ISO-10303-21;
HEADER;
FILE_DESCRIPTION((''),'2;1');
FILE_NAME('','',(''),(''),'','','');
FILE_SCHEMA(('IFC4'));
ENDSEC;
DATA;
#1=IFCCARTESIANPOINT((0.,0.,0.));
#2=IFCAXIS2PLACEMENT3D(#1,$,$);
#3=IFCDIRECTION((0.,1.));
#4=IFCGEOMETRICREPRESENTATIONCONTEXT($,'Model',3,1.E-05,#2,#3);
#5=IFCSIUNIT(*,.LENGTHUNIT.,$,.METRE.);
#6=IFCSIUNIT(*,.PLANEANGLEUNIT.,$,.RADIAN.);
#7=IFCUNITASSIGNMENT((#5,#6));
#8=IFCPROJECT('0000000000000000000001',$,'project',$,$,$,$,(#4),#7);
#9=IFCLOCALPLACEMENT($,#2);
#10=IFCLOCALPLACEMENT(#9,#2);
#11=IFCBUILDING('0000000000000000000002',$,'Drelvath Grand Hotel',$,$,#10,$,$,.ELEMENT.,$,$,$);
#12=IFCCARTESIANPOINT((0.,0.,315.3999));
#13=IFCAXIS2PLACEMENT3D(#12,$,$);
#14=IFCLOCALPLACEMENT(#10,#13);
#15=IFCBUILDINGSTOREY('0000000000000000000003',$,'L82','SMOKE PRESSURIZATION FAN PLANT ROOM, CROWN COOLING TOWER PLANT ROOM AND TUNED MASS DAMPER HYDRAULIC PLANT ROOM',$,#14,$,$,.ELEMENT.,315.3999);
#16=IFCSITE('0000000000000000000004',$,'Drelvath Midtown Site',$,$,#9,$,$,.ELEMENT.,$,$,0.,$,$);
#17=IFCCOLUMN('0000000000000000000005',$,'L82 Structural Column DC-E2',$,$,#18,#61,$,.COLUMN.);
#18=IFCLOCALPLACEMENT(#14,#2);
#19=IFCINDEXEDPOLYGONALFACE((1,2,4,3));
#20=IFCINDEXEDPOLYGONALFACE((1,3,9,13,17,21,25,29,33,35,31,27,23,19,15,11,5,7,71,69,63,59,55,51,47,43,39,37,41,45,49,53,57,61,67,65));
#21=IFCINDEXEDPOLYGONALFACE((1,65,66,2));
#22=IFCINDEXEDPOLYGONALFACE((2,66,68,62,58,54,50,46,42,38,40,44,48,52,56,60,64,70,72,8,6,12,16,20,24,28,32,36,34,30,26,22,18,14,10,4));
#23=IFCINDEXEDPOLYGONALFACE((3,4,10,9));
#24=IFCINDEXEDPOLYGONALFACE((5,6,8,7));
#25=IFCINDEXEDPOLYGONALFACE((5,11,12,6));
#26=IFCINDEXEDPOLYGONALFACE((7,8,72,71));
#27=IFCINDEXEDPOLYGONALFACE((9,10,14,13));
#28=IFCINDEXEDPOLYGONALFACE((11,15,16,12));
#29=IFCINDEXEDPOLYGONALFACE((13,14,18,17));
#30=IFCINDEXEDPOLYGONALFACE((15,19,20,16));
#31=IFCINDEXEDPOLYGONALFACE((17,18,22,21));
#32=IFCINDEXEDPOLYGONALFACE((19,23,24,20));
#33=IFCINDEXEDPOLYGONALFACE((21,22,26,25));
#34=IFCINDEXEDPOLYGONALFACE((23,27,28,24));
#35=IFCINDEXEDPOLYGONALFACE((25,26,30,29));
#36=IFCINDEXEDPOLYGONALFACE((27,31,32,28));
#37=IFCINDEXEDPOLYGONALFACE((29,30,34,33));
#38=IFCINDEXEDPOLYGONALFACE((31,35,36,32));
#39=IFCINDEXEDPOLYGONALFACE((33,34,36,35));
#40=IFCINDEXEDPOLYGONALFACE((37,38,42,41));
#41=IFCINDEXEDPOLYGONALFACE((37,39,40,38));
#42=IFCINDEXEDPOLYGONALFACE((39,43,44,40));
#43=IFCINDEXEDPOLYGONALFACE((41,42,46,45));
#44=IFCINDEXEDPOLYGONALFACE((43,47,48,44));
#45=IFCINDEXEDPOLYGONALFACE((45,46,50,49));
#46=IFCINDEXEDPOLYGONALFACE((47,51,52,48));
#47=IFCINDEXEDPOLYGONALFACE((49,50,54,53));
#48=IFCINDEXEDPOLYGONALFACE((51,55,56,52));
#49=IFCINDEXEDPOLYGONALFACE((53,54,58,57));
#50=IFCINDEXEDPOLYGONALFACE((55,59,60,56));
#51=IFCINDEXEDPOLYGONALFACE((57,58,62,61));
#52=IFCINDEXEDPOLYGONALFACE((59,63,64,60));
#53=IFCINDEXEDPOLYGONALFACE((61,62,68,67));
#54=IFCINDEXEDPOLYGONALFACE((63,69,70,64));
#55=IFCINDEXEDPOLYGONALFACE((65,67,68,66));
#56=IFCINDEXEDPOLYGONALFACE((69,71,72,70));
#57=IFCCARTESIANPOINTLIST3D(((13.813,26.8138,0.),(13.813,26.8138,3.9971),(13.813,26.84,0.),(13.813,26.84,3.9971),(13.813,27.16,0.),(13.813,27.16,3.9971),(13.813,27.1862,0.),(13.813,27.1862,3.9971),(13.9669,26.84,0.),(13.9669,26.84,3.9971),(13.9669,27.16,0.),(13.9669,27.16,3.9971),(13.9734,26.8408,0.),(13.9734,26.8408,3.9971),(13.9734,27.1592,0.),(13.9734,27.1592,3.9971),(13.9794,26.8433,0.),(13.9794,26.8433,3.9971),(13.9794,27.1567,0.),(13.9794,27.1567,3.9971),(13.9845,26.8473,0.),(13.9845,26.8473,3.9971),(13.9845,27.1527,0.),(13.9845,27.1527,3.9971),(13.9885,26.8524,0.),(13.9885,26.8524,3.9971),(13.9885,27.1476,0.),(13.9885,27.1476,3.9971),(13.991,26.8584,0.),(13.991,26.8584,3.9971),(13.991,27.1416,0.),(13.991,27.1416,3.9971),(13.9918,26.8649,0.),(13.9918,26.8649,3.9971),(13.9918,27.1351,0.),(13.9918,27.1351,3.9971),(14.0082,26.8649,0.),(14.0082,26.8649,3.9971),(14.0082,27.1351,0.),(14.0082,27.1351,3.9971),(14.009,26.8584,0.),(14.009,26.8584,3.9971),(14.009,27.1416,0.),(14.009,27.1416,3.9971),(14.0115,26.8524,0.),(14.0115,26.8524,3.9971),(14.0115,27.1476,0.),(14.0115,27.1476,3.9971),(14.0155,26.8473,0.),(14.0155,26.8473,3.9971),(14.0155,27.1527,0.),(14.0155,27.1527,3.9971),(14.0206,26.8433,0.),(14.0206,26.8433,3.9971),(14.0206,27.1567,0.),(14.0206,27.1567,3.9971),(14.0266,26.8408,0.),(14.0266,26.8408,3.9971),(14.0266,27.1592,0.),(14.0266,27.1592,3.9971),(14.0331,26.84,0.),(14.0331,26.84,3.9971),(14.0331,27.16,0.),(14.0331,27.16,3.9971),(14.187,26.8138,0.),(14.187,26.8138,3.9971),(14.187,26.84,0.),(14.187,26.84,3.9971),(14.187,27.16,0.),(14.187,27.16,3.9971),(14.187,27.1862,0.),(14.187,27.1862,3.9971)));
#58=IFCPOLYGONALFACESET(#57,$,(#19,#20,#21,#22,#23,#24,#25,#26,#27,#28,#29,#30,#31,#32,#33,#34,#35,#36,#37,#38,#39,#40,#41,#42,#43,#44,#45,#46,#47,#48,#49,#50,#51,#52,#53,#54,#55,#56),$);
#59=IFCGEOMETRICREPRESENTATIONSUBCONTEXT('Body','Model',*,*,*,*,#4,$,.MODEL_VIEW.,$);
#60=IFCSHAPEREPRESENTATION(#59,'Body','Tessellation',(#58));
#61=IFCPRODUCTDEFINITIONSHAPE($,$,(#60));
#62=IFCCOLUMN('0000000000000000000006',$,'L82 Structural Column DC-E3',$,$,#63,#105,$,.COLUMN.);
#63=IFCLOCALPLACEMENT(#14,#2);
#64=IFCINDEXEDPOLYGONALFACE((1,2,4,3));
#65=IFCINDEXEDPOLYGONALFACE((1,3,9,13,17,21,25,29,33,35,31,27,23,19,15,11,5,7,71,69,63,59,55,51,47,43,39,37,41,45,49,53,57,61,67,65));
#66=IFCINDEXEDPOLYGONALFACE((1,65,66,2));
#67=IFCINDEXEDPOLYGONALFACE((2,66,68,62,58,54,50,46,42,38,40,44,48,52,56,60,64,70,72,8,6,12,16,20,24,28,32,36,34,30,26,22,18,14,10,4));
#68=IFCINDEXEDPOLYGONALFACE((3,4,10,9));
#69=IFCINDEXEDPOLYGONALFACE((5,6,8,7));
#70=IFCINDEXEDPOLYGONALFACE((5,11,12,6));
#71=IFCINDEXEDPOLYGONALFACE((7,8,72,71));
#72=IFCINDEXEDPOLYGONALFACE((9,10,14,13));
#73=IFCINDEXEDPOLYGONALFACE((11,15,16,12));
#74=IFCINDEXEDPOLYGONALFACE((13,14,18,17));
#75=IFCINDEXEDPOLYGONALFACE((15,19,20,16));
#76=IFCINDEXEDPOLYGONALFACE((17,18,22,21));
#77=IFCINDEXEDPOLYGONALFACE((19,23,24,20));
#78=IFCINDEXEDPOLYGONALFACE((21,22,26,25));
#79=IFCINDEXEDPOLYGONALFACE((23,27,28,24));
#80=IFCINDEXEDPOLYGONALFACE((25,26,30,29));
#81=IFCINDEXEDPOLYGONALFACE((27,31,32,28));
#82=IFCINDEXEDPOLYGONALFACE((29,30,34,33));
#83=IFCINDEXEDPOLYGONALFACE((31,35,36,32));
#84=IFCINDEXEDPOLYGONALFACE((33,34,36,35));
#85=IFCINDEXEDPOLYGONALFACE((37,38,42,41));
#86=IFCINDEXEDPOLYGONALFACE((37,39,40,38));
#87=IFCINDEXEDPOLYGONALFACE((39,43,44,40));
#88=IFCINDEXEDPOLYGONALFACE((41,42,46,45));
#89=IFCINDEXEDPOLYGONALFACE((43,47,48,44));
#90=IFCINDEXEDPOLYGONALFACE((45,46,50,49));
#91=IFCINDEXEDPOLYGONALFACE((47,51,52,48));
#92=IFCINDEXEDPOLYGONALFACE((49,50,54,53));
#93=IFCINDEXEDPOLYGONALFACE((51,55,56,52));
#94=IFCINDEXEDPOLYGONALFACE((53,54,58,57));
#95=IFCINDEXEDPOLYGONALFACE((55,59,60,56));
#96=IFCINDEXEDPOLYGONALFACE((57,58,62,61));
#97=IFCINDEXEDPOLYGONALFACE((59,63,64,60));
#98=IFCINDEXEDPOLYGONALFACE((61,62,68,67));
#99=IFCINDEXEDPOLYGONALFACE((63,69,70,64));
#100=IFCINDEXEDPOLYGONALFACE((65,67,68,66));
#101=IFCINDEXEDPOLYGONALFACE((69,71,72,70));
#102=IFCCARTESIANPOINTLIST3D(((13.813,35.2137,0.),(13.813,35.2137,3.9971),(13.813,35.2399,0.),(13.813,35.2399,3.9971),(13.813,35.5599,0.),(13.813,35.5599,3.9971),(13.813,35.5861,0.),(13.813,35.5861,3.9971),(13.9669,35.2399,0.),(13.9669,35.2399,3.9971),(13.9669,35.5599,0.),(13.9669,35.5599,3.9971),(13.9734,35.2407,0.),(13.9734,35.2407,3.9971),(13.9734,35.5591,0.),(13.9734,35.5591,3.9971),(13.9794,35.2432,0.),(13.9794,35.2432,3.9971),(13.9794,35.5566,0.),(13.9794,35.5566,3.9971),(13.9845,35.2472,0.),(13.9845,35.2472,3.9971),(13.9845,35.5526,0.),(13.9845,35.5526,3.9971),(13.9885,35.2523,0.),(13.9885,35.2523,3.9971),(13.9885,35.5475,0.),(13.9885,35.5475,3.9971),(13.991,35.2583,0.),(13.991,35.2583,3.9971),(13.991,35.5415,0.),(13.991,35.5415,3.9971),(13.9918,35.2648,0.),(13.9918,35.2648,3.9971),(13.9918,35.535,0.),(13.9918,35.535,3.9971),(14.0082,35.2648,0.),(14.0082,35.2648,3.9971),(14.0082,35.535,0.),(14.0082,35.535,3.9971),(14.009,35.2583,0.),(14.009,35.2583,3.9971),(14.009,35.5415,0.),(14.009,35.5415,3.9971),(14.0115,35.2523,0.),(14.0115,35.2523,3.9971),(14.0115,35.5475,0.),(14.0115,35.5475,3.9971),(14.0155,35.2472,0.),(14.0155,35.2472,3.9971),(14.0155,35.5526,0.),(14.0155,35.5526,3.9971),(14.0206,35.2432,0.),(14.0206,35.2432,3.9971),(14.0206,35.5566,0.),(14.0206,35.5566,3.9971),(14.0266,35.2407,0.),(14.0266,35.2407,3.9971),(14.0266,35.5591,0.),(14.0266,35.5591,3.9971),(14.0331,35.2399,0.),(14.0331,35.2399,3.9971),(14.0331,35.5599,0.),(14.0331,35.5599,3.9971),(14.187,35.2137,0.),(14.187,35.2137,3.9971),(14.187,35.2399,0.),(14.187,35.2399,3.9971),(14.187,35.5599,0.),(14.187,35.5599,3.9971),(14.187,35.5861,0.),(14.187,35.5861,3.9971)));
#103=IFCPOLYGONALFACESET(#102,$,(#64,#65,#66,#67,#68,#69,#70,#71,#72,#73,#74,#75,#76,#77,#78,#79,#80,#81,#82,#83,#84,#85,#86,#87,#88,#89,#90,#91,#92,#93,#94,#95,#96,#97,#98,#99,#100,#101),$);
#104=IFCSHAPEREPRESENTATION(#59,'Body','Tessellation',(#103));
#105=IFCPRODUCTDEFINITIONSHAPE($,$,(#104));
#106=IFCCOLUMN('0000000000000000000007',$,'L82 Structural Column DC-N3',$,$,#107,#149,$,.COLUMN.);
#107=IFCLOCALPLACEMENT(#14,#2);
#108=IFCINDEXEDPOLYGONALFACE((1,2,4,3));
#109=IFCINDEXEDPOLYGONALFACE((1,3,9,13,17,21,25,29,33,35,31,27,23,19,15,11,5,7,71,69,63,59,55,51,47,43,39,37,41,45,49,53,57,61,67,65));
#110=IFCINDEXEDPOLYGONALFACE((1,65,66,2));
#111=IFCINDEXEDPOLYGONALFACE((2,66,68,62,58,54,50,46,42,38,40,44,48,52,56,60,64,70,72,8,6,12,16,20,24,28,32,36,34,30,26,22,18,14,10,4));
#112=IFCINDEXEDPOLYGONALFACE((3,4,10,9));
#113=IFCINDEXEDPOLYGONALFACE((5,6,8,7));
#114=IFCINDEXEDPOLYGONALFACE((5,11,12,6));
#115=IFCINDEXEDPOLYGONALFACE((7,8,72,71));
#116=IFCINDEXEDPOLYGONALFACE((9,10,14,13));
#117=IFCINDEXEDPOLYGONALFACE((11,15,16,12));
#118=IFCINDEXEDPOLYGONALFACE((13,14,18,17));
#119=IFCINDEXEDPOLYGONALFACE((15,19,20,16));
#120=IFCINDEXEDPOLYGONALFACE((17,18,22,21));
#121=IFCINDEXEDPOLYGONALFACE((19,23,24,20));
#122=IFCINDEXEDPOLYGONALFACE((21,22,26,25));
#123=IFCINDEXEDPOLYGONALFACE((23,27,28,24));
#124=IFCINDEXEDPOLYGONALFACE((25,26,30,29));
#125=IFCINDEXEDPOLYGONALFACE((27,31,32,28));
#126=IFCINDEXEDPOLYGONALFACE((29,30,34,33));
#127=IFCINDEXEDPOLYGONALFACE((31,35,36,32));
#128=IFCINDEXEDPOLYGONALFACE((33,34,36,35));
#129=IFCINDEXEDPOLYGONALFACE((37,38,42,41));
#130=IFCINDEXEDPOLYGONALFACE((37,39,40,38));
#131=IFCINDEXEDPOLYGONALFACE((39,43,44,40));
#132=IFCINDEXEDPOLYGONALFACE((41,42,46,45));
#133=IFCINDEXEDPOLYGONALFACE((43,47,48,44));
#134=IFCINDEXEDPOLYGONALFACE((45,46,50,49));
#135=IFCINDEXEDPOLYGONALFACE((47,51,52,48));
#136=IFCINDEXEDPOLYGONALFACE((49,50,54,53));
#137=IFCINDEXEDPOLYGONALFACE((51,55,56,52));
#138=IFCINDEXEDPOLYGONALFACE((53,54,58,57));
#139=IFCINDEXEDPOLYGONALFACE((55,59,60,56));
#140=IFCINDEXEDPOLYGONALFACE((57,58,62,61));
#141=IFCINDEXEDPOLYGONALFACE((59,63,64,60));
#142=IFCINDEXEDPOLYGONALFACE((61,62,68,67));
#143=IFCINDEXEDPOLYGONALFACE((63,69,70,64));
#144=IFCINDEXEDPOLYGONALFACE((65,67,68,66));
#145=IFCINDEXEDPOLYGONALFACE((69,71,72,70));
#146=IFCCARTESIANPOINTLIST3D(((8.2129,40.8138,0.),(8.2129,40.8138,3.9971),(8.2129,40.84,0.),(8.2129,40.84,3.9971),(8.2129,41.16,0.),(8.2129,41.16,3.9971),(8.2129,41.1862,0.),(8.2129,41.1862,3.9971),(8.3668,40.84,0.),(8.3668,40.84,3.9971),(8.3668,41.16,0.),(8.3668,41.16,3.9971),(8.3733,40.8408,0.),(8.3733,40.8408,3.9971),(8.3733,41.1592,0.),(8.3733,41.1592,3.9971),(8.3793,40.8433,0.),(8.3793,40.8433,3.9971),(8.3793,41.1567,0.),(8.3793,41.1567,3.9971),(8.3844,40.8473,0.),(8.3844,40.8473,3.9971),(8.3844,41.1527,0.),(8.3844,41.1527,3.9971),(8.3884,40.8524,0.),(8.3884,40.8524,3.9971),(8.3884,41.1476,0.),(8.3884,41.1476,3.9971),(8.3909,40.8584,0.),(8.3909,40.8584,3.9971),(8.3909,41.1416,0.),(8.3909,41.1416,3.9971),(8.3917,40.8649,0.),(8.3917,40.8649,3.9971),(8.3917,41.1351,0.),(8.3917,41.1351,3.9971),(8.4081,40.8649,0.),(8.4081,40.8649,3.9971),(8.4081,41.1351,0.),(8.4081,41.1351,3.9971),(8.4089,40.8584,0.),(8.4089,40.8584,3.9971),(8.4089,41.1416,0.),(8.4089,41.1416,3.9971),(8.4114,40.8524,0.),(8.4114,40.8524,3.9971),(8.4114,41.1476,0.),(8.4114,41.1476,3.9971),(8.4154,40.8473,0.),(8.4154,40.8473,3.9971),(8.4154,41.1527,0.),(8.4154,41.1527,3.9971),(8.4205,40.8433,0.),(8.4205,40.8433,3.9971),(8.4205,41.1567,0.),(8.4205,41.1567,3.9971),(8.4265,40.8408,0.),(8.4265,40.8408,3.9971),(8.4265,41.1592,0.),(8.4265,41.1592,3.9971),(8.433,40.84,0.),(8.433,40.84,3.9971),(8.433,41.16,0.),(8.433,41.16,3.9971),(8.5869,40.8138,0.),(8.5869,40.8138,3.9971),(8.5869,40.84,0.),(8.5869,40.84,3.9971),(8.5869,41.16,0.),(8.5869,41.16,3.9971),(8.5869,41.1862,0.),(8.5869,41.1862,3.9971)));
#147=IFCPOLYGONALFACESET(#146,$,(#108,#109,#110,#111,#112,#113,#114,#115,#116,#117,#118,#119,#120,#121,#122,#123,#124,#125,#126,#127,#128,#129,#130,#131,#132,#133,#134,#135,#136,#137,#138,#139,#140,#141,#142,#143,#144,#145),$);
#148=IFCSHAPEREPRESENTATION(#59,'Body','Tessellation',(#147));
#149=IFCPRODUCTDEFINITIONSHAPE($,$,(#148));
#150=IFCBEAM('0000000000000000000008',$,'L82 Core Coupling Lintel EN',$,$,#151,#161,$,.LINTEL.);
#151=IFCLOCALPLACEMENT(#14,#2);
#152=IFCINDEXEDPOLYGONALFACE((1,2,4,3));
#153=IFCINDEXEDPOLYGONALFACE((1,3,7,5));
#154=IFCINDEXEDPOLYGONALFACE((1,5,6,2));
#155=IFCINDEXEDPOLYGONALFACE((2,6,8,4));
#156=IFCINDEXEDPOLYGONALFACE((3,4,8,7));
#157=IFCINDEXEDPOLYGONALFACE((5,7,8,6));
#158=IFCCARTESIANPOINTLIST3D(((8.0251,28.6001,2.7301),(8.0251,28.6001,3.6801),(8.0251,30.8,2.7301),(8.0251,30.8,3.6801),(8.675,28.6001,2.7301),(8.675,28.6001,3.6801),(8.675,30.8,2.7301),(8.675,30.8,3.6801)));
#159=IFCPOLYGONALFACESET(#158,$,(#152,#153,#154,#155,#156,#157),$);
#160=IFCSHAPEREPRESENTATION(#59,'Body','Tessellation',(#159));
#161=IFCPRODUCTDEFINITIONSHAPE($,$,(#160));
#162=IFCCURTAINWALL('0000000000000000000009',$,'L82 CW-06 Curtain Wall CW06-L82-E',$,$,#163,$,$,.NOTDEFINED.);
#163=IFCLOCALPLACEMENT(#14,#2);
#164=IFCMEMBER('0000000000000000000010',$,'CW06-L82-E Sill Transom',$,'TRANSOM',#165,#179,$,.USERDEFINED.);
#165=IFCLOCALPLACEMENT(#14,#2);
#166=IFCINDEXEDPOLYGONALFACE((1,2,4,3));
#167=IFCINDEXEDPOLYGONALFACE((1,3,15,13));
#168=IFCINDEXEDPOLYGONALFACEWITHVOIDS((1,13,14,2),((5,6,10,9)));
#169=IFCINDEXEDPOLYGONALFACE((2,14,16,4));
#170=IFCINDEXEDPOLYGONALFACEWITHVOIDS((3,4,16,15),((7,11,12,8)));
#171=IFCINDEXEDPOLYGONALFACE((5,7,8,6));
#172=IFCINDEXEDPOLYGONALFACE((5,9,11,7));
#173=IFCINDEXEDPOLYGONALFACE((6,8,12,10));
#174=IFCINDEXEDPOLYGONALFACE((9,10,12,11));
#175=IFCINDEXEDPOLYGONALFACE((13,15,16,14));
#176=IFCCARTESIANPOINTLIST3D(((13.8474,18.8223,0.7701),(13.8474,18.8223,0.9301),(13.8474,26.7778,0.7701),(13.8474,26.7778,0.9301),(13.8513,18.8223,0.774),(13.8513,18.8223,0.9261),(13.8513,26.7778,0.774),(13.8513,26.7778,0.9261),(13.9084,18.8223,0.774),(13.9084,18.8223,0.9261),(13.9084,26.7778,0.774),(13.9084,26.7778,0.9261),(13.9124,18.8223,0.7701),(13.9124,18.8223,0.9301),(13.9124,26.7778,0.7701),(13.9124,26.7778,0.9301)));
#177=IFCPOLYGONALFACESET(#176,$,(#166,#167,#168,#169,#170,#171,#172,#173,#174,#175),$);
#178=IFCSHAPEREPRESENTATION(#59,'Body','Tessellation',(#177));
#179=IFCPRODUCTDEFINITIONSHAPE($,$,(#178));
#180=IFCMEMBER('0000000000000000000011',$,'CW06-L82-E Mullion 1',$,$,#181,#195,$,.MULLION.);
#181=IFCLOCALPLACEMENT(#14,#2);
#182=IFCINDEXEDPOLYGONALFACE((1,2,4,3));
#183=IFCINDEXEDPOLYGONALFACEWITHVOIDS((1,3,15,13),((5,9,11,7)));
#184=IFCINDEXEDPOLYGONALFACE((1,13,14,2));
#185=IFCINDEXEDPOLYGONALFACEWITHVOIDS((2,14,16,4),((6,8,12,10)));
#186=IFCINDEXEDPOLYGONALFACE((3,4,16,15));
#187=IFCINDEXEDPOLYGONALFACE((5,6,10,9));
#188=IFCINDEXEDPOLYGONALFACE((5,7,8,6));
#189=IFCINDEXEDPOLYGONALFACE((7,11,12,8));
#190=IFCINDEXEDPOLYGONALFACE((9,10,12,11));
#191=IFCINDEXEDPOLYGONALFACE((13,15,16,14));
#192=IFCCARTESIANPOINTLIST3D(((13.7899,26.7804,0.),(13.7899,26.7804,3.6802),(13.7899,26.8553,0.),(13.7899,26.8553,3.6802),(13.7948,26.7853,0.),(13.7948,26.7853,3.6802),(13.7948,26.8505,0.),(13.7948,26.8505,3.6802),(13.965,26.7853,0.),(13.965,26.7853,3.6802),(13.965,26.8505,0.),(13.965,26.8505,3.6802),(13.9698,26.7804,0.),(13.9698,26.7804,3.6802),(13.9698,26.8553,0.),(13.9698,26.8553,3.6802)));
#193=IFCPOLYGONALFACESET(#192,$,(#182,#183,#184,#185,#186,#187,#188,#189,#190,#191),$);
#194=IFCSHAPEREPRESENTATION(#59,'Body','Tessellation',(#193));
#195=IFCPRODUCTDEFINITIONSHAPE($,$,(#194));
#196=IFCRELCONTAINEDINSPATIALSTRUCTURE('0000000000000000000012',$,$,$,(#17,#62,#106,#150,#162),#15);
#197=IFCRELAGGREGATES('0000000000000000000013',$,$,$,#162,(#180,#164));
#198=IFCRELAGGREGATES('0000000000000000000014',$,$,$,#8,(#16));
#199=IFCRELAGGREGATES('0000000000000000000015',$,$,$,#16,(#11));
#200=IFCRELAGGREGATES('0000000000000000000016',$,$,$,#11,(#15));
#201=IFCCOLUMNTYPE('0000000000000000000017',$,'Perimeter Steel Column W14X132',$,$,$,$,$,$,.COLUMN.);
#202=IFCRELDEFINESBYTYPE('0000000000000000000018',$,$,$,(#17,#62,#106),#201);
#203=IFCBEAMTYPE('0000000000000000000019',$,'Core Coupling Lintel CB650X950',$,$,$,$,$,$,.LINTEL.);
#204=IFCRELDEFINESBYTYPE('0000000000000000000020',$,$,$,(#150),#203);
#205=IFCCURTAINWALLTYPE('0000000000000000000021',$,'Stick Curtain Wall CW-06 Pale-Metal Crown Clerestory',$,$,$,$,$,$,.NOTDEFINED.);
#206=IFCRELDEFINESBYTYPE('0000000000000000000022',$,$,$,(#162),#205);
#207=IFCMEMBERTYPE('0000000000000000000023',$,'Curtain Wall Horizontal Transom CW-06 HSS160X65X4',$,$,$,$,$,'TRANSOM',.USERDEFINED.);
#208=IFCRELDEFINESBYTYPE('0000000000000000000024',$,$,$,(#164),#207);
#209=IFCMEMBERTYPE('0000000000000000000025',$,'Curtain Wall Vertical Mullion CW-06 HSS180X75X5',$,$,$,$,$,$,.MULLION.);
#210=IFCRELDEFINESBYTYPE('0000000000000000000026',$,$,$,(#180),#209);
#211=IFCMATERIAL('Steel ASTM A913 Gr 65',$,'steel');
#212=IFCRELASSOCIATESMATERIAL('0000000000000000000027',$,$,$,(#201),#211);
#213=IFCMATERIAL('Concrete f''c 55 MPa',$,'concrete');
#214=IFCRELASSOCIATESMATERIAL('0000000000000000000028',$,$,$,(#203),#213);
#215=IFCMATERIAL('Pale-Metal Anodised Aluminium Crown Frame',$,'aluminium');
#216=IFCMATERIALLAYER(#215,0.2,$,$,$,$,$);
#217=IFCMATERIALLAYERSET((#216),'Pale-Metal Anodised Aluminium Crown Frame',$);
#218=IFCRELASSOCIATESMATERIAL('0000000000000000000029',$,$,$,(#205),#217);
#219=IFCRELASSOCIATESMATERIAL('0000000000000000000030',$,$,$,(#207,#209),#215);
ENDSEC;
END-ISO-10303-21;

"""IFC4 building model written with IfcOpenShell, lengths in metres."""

from ifc_helpers import new_model, si_unit, direction, frame, origin, origin_2d, place, context, subcontext, project, spatial, rectangle, hollow_rectangle, i_section, extrude, material, layer, layer_set, material_profile, profile_set, type_object, element, aggregate, save


model = new_model("IFC4")

# Units and contexts
model_context = context("Model", 3, precision=1e-05, world=origin(), true_north=direction((0.0, 1.0)))
body_context = subcontext(model_context, "Body", "Model", "MODEL_VIEW")
ifc_project = project(units=[si_unit("LENGTHUNIT", "METRE"), si_unit("PLANEANGLEUNIT", "RADIAN")], contexts=[model_context])

# Site, building, storey
site_placement = place(None, origin())
site = spatial("IfcSite", under=ifc_project, at=site_placement, Name="Drelvath Midtown Site", CompositionType="ELEMENT", RefElevation=0.0)
building_placement = place(site_placement, origin())
building = spatial("IfcBuilding", under=site, at=building_placement, Name="Drelvath Grand Hotel", CompositionType="ELEMENT")
storey_placement = place(building_placement, frame((0.0, 0.0, 315.3999)))
storey = spatial("IfcBuildingStorey", under=building, at=storey_placement, Name="L82", Description="SMOKE PRESSURIZATION FAN PLANT ROOM, CROWN COOLING TOWER PLANT ROOM AND TUNED MASS DAMPER HYDRAULIC PLANT ROOM", CompositionType="ELEMENT", Elevation=315.3999)

# Columns
ifc_material_1 = material(Name="Steel ASTM A913 Gr 65", Category="steel")
ifc_material_profile_1 = material_profile(ifc_material_1, i_section(OverallWidth=0.374, OverallDepth=0.3723, WebThickness=0.0164, FlangeThickness=0.0261, FilletRadius=0.0249, at=origin_2d()), Name="W14X132")
ifc_profile_set_1 = profile_set([ifc_material_profile_1], Name="Steel ASTM A913 Gr 65")
column_type = type_object("IfcColumnType", Name="Perimeter Steel Column W14X132", PredefinedType="COLUMN", material=ifc_profile_set_1)
for number, where, z_axis, x_axis, name in (
    (1, (14.0, 27.0, 0.0), (0.0, 0.0, 1.0), (1.0, 0.0, 0.0), "L82 Structural Column DC-E2"),
    (2, (14.0, 35.3999, 0.0), (0.0, 0.0, 1.0), (1.0, 0.0, 0.0), "L82 Structural Column DC-E3"),
    (3, (8.3999, 41.0, 0.0), (0.0, 0.0, 1.0), (1.0, 0.0, 0.0), "L82 Structural Column DC-N3"),
):
    element("IfcColumn", number, at=place(storey_placement, frame(where, z_axis=z_axis, x_axis=x_axis)), inside=storey, type_object=column_type, Name=name, PredefinedType="COLUMN", context=body_context, shape_type="SweptSolid", body=[
        extrude(i_section(OverallWidth=0.374, OverallDepth=0.3723, WebThickness=0.0164, FlangeThickness=0.0261, FilletRadius=0.0249, at=origin_2d()), origin(), (0.0, 0.0, 1.0), 3.9971),
    ])

# Beam
ifc_material_2 = material(Name="Concrete f'c 55 MPa", Category="concrete")
ifc_material_profile_2 = material_profile(ifc_material_2, rectangle(XDim=0.6499, YDim=0.95, at=origin_2d()), Name="CB650X950")
ifc_profile_set_2 = profile_set([ifc_material_profile_2], Name="Concrete f'c 55 MPa")
beam_type_1 = type_object("IfcBeamType", Name="Core Coupling Lintel CB650X950", PredefinedType="LINTEL", material=ifc_profile_set_2)
beam_placement = place(storey_placement, frame((8.3501, 28.6001, 3.2051), z_axis=(0.0, 1.0, 0.0), x_axis=(-1.0, 0.0, 0.0)))
element("IfcBeam", 4, at=beam_placement, inside=storey, type_object=beam_type_1, Name="L82 Core Coupling Lintel EN", PredefinedType="LINTEL", context=body_context, shape_type="SweptSolid", body=[
    extrude(rectangle(XDim=0.6499, YDim=0.95, at=origin_2d()), origin(), (0.0, 0.0, 1.0), 2.2),
])

# Curtain wall, members
ifc_material_3 = material(Name="Pale-Metal Anodised Aluminium Crown Frame", Category="aluminium")
ifc_layer_1 = layer(ifc_material_3, 0.2)
ifc_layer_set_1 = layer_set([ifc_layer_1], Name="Pale-Metal Anodised Aluminium Crown Frame")
curtain_wall_type = type_object("IfcCurtainWallType", Name="Stick Curtain Wall CW-06 Pale-Metal Crown Clerestory", PredefinedType="NOTDEFINED", material=ifc_layer_set_1)
curtain_wall_placement = place(storey_placement, origin())
curtain_wall = element("IfcCurtainWall", 5, at=curtain_wall_placement, inside=storey, type_object=curtain_wall_type, Name="L82 CW-06 Curtain Wall CW06-L82-E", PredefinedType="NOTDEFINED")
ifc_material_profile_3 = material_profile(ifc_material_3, hollow_rectangle(XDim=0.0649, YDim=0.1599, WallThickness=0.0039, at=origin_2d()), Name="HSS160X65X4")
ifc_profile_set_3 = profile_set([ifc_material_profile_3], Name="Pale-Metal Anodised Aluminium Crown Frame")
member_type_1 = type_object("IfcMemberType", Name="Curtain Wall Horizontal Transom CW-06 HSS160X65X4", ElementType="TRANSOM", PredefinedType="USERDEFINED", material=ifc_profile_set_3)
member_1_placement = place(storey_placement, frame((13.8799, 26.7778, 0.8501), z_axis=(0.0, -1.0, 0.0), x_axis=(1.0, 0.0, 0.0)))
member_1 = element("IfcMember", 6, at=member_1_placement, type_object=member_type_1, Name="CW06-L82-E Sill Transom", ObjectType="TRANSOM", PredefinedType="USERDEFINED", context=body_context, shape_type="SweptSolid", body=[
    extrude(hollow_rectangle(XDim=0.0649, YDim=0.1599, WallThickness=0.0039, at=origin_2d()), origin(), (0.0, 0.0, 1.0), 7.9556),
])
ifc_material_profile_4 = material_profile(ifc_material_3, hollow_rectangle(XDim=0.075, YDim=0.1799, WallThickness=0.0049, at=origin_2d()), Name="HSS180X75X5")
ifc_profile_set_4 = profile_set([ifc_material_profile_4], Name="Pale-Metal Anodised Aluminium Crown Frame")
member_type_2 = type_object("IfcMemberType", Name="Curtain Wall Vertical Mullion CW-06 HSS180X75X5", PredefinedType="MULLION", material=ifc_profile_set_4)
member_2_placement = place(storey_placement, frame((13.8799, 26.8179, 0.0), z_axis=(0.0, 0.0, 1.0), x_axis=(0.0, 1.0, 0.0)))
member_2 = element("IfcMember", 7, at=member_2_placement, type_object=member_type_2, Name="CW06-L82-E Mullion 1", PredefinedType="MULLION", context=body_context, shape_type="SweptSolid", body=[
    extrude(hollow_rectangle(XDim=0.075, YDim=0.1799, WallThickness=0.0049, at=origin_2d()), origin(), (0.0, 0.0, 1.0), 3.6802),
])
aggregate(curtain_wall, [member_2, member_1])

save(model, "model.ifc")
